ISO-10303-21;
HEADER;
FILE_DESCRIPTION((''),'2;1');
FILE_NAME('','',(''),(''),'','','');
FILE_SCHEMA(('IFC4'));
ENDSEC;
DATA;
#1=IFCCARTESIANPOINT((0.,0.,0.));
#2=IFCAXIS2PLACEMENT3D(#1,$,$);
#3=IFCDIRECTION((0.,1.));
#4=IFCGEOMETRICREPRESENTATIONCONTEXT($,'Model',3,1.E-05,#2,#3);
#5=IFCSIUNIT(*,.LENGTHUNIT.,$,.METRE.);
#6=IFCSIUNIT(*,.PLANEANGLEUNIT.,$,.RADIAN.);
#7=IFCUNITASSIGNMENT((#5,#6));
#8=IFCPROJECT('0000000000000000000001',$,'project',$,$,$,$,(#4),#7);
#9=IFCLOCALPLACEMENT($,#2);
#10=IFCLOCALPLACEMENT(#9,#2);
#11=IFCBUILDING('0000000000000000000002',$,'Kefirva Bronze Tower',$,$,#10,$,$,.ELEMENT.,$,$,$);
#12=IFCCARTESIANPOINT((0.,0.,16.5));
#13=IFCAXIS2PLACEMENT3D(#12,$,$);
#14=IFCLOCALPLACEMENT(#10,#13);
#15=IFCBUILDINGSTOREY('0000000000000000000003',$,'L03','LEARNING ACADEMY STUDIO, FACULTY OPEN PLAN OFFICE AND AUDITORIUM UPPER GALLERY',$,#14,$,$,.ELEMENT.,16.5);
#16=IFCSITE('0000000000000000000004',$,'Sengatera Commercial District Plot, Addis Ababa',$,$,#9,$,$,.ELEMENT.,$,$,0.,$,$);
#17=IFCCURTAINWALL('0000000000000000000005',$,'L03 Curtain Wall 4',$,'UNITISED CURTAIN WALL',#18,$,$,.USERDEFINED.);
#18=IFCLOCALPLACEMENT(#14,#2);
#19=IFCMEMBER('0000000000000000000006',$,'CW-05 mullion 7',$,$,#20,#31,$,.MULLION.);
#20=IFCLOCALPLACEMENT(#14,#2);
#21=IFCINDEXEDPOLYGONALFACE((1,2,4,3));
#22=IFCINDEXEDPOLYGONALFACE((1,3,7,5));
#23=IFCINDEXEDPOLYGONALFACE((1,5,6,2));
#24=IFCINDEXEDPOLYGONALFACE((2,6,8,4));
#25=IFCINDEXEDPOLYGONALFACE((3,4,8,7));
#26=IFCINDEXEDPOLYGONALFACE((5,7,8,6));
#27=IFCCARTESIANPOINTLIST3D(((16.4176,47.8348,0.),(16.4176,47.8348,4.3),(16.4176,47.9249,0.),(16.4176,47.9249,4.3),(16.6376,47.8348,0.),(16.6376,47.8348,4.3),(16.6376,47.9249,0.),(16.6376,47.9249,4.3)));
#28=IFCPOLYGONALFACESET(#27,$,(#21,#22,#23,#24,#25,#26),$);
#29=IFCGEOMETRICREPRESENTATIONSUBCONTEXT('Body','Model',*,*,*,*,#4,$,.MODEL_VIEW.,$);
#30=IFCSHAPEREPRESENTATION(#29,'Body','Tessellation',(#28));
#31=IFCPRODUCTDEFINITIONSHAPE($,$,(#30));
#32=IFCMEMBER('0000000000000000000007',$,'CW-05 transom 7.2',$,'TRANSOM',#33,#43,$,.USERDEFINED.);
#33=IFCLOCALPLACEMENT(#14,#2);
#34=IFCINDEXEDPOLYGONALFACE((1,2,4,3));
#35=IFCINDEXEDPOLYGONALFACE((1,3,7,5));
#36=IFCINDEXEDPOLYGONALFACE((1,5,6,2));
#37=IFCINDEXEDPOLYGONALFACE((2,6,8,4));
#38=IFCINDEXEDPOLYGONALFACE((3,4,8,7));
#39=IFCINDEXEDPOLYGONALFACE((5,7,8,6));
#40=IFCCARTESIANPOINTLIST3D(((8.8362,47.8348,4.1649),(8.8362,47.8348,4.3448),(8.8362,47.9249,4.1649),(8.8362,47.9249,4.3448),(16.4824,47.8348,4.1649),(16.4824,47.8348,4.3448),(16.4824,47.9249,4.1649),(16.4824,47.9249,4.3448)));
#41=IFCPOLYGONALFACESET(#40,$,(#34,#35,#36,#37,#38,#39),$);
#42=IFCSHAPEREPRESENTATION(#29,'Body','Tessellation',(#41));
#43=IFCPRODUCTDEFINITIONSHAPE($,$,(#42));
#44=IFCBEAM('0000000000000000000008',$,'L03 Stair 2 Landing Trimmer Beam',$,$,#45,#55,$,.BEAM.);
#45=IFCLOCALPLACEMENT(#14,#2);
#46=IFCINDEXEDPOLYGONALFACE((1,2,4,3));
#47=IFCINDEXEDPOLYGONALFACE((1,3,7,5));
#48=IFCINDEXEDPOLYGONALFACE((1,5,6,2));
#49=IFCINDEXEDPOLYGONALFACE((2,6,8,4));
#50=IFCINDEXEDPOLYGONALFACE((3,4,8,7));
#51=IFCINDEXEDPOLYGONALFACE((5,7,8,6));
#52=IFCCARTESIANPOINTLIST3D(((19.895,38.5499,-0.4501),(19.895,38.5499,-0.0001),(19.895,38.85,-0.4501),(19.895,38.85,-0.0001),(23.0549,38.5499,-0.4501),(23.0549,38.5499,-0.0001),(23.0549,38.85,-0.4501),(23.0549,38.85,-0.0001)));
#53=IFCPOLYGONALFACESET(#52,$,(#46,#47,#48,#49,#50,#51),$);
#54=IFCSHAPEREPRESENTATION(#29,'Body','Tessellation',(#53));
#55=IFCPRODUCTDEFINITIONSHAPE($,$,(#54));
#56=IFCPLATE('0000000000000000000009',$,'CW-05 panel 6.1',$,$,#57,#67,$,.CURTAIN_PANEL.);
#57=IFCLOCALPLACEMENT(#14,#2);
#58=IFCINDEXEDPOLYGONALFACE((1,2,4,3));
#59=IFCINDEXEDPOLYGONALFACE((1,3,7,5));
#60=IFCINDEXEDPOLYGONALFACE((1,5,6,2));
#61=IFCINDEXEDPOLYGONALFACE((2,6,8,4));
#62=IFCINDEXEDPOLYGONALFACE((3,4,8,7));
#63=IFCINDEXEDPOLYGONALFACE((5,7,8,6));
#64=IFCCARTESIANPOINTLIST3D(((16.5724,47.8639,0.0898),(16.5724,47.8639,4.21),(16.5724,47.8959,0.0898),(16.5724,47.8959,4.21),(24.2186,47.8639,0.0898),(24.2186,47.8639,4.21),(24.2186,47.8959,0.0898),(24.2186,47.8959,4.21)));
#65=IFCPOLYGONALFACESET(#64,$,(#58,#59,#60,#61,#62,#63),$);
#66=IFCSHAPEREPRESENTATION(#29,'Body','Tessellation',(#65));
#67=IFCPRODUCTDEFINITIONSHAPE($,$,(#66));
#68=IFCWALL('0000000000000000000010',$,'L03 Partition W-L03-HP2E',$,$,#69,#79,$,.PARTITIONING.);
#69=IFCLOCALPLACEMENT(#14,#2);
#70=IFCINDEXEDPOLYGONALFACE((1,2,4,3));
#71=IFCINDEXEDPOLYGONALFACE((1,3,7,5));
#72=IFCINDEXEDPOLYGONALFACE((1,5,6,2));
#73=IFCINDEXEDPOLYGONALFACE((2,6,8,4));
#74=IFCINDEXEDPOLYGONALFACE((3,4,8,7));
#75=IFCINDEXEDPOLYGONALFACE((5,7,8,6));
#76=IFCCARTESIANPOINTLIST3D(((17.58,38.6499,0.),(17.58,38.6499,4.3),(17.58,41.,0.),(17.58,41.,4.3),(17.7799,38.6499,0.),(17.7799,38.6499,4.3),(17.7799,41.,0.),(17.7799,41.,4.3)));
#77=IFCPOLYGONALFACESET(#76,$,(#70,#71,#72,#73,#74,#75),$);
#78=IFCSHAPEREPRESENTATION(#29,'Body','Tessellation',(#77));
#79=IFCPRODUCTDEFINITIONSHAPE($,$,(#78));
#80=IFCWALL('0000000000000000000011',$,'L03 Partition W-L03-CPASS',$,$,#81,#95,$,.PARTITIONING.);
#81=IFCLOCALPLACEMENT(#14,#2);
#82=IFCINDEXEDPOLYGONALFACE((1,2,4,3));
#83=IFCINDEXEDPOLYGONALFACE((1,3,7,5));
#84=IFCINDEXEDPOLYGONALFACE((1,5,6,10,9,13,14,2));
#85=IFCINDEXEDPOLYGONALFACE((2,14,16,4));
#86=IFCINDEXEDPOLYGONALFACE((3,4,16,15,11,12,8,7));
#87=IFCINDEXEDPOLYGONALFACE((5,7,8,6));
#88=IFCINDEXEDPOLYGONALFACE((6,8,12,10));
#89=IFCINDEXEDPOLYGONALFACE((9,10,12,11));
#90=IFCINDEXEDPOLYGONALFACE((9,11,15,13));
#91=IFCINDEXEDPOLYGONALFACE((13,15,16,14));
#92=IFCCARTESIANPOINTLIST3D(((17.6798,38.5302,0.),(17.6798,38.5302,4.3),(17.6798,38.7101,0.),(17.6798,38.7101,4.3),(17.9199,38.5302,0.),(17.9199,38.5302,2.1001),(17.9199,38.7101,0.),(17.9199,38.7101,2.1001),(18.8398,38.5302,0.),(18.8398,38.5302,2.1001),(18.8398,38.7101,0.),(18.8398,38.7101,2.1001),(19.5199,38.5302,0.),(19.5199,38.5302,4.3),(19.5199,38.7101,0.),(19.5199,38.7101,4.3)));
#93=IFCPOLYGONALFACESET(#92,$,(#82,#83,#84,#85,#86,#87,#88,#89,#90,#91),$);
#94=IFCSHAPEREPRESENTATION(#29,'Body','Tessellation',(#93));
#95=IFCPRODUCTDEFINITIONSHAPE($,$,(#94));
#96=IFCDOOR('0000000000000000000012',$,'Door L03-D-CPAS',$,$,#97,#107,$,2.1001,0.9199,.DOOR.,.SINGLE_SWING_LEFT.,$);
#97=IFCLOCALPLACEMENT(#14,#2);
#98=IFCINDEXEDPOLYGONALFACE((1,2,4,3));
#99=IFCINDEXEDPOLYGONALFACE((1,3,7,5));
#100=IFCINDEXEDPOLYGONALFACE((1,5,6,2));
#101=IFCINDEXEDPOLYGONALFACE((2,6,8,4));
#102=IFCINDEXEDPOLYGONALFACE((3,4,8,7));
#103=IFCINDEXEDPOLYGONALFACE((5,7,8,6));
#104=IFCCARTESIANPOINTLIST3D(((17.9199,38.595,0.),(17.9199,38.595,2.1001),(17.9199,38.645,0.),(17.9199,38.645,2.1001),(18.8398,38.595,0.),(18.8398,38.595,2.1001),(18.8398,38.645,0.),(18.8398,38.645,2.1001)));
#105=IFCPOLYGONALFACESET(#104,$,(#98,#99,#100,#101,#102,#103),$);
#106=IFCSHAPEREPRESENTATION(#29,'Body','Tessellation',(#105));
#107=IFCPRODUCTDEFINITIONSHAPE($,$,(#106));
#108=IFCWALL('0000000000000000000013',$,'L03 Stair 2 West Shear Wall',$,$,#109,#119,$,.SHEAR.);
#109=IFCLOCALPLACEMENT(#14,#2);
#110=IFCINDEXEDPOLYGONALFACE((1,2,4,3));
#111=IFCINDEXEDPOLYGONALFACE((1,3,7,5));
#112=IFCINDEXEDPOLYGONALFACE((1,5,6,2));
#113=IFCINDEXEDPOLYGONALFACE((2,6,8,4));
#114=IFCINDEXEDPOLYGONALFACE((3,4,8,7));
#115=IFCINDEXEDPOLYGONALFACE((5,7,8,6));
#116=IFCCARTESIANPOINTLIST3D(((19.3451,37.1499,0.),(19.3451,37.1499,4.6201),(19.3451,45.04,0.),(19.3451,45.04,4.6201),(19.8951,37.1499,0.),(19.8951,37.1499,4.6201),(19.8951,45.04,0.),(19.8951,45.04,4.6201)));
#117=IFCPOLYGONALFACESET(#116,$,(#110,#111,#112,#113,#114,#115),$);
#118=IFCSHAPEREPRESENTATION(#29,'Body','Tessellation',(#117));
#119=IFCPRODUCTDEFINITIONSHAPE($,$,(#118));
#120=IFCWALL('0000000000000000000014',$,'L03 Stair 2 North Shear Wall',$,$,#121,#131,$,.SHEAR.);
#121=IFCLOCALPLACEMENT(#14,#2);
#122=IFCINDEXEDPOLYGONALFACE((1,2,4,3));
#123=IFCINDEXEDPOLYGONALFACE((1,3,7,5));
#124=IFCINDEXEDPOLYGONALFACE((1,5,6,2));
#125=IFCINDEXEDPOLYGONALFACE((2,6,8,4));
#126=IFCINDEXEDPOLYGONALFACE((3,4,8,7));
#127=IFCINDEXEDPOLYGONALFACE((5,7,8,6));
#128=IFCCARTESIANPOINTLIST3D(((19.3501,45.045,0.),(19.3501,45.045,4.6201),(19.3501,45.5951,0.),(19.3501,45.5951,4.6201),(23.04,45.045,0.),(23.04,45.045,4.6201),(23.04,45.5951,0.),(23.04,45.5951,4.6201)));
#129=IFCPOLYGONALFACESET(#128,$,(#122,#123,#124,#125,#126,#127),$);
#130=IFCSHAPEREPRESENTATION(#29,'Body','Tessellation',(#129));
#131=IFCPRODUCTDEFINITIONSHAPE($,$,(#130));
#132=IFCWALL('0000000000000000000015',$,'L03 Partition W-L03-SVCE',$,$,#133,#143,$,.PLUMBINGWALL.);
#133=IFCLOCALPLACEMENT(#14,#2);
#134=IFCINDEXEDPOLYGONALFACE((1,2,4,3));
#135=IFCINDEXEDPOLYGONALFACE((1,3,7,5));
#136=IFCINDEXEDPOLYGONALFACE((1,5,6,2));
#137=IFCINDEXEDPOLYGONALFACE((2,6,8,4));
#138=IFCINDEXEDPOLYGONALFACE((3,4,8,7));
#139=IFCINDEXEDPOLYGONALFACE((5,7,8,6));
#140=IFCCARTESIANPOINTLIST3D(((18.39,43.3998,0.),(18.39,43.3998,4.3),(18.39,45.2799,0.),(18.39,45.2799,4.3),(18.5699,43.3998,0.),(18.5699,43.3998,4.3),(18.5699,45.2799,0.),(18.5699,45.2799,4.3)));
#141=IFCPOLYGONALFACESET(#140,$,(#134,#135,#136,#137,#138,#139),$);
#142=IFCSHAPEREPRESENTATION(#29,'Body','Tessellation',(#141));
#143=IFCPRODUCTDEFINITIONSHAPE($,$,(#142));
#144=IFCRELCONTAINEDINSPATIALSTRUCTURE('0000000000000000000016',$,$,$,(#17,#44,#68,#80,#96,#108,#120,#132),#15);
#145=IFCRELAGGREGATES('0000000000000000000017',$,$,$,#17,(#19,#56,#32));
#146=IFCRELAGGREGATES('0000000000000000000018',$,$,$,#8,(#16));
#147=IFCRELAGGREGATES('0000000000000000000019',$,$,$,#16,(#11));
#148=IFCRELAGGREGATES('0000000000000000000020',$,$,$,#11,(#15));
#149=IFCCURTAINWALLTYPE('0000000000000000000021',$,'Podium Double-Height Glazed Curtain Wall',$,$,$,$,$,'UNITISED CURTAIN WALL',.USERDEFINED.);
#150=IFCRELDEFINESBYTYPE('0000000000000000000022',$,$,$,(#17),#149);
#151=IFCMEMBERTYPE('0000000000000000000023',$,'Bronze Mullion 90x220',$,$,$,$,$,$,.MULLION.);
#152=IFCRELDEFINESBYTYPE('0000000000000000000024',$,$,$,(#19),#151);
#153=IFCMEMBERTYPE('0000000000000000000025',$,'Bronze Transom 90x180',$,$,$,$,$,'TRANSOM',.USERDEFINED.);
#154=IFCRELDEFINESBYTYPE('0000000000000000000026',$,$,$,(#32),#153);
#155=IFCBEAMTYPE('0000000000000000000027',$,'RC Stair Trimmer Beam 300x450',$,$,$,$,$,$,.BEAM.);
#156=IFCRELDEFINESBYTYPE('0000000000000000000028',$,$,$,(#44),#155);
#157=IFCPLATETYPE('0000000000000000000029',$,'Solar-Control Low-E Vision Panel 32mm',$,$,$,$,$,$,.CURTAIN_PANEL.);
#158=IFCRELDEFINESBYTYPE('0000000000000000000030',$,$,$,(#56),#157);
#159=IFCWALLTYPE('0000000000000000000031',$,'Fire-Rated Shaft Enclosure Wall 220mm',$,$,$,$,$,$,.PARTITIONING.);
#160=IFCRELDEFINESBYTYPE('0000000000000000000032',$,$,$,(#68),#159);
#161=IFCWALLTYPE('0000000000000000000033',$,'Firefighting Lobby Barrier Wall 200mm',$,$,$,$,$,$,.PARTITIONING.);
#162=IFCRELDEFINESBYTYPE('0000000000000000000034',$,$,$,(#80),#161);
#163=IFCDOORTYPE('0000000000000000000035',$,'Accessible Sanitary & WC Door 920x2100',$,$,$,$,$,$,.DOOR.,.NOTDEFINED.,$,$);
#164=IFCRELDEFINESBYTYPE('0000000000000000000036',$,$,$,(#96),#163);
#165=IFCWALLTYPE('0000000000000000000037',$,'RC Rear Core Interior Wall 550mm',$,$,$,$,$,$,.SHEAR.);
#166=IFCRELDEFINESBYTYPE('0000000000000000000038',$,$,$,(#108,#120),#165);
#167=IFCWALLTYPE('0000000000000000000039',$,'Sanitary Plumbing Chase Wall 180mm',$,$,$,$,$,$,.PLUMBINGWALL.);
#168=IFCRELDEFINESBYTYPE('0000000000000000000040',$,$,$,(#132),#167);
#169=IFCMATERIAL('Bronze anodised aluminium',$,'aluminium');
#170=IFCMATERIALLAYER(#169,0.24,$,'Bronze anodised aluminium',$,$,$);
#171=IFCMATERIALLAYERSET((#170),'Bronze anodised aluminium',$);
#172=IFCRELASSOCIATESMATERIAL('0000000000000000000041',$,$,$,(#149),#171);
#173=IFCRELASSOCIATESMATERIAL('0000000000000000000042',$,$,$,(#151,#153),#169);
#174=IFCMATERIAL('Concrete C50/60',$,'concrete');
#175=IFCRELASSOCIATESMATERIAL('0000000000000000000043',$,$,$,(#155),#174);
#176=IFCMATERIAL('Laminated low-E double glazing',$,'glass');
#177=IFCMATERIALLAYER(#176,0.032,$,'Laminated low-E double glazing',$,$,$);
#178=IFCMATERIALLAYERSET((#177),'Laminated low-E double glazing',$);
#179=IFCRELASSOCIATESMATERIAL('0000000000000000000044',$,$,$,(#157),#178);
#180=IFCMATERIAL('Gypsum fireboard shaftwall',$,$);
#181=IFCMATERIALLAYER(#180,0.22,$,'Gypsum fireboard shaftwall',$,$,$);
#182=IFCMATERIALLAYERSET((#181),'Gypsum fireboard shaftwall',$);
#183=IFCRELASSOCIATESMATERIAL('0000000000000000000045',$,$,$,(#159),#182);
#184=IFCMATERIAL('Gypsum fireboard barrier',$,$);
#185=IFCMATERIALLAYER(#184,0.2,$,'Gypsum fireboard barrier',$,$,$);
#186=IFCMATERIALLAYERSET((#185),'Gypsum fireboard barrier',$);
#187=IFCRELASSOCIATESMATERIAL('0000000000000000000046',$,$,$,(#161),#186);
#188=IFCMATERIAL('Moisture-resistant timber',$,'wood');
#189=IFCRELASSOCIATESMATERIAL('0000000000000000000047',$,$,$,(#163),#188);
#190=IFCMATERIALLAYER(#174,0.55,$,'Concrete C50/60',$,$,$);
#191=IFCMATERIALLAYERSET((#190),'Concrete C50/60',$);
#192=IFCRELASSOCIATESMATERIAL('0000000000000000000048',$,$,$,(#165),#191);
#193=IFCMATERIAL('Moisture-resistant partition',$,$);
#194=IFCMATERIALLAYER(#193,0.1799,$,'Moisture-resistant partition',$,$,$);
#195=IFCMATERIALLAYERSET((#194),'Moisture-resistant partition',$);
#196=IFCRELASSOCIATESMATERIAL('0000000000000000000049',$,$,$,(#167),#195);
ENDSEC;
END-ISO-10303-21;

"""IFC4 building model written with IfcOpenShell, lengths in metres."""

from ifc_helpers import new_model, si_unit, direction, frame, frame_2d, origin, origin_2d, place, context, subcontext, project, spatial, rectangle, extrude, material, layer, layer_set, material_profile, profile_set, type_object, element, fill, aggregate, save


model = new_model("IFC4")

# Units and contexts
model_context = context("Model", 3, precision=1e-05, world=origin(), true_north=direction((0.0, 1.0)))
body_context = subcontext(model_context, "Body", "Model", "MODEL_VIEW")
ifc_project = project(units=[si_unit("LENGTHUNIT", "METRE"), si_unit("PLANEANGLEUNIT", "RADIAN")], contexts=[model_context])

# Site, building, storey
site_placement = place(None, origin())
site = spatial("IfcSite", under=ifc_project, at=site_placement, Name="Sengatera Commercial District Plot, Addis Ababa", CompositionType="ELEMENT", RefElevation=0.0)
building_placement = place(site_placement, origin())
building = spatial("IfcBuilding", under=site, at=building_placement, Name="Kefirva Bronze Tower", CompositionType="ELEMENT")
storey_placement = place(building_placement, frame((0.0, 0.0, 16.5)))
storey = spatial("IfcBuildingStorey", under=building, at=storey_placement, Name="L03", Description="LEARNING ACADEMY STUDIO, FACULTY OPEN PLAN OFFICE AND AUDITORIUM UPPER GALLERY", CompositionType="ELEMENT", Elevation=16.5)

# Curtain wall, members
ifc_material_1 = material(Name="Bronze anodised aluminium", Category="aluminium")
ifc_layer_1 = layer(ifc_material_1, 0.24, Name="Bronze anodised aluminium")
ifc_layer_set_1 = layer_set([ifc_layer_1], Name="Bronze anodised aluminium")
curtain_wall_type = type_object("IfcCurtainWallType", Name="Podium Double-Height Glazed Curtain Wall", ElementType="UNITISED CURTAIN WALL", PredefinedType="USERDEFINED", material=ifc_layer_set_1)
curtain_wall_placement = place(storey_placement, origin())
curtain_wall = element("IfcCurtainWall", 1, at=curtain_wall_placement, inside=storey, type_object=curtain_wall_type, Name="L03 Curtain Wall 4", ObjectType="UNITISED CURTAIN WALL", PredefinedType="USERDEFINED")
ifc_material_profile_1 = material_profile(ifc_material_1, rectangle(XDim=0.0901, YDim=0.22, at=origin_2d()), Name="ALU 90x220")
ifc_profile_set_1 = profile_set([ifc_material_profile_1], Name="Bronze anodised aluminium")
member_type_1 = type_object("IfcMemberType", Name="Bronze Mullion 90x220", PredefinedType="MULLION", material=ifc_profile_set_1)
member_1_placement = place(storey_placement, frame((16.5276, 47.8799, 0.0), z_axis=(0.0, 0.0, 1.0), x_axis=(0.0, -1.0, 0.0)))
member_1 = element("IfcMember", 2, at=member_1_placement, type_object=member_type_1, Name="CW-05 mullion 7", PredefinedType="MULLION", context=body_context, shape_type="SweptSolid", body=[
    extrude(rectangle(XDim=0.0901, YDim=0.22, at=origin_2d()), origin(), (0.0, 0.0, 1.0), 4.3),
])
ifc_material_profile_2 = material_profile(ifc_material_1, rectangle(XDim=0.0901, YDim=0.1799, at=origin_2d()), Name="ALU 90x180")
ifc_profile_set_2 = profile_set([ifc_material_profile_2], Name="Bronze anodised aluminium")
member_type_2 = type_object("IfcMemberType", Name="Bronze Transom 90x180", ElementType="TRANSOM", PredefinedType="USERDEFINED", material=ifc_profile_set_2)
member_2_placement = place(storey_placement, frame((16.4824, 47.8799, 4.2549), z_axis=(-1.0, 0.0, 0.0), x_axis=(0.0, -1.0, 0.0)))
member_2 = element("IfcMember", 3, at=member_2_placement, type_object=member_type_2, Name="CW-05 transom 7.2", ObjectType="TRANSOM", PredefinedType="USERDEFINED", context=body_context, shape_type="SweptSolid", body=[
    extrude(rectangle(XDim=0.0901, YDim=0.1799, at=origin_2d()), origin(), (0.0, 0.0, 1.0), 7.6462),
])

# Beam
ifc_material_2 = material(Name="Concrete C50/60", Category="concrete")
ifc_material_profile_3 = material_profile(ifc_material_2, rectangle(XDim=0.3, YDim=0.45, at=origin_2d()), Name="RC 300x450")
ifc_profile_set_3 = profile_set([ifc_material_profile_3], Name="Concrete C50/60")
beam_type = type_object("IfcBeamType", Name="RC Stair Trimmer Beam 300x450", PredefinedType="BEAM", material=ifc_profile_set_3)
beam_placement = place(storey_placement, frame((19.895, 38.7, -0.2251), z_axis=(1.0, 0.0, 0.0), x_axis=(0.0, 1.0, 0.0)))
element("IfcBeam", 4, at=beam_placement, inside=storey, type_object=beam_type, Name="L03 Stair 2 Landing Trimmer Beam", PredefinedType="BEAM", context=body_context, shape_type="SweptSolid", body=[
    extrude(rectangle(XDim=0.3, YDim=0.45, at=origin_2d()), origin(), (0.0, 0.0, 1.0), 3.1599),
])

# Plate
ifc_material_3 = material(Name="Laminated low-E double glazing", Category="glass")
ifc_layer_2 = layer(ifc_material_3, 0.032, Name="Laminated low-E double glazing")
ifc_layer_set_2 = layer_set([ifc_layer_2], Name="Laminated low-E double glazing")
plate_type = type_object("IfcPlateType", Name="Solar-Control Low-E Vision Panel 32mm", PredefinedType="CURTAIN_PANEL", material=ifc_layer_set_2)
plate_placement = place(storey_placement, frame((20.3955, 47.8799, 0.0898), z_axis=(0.0, 0.0, 1.0), x_axis=(-1.0, 0.0, 0.0)))
plate = element("IfcPlate", 5, at=plate_placement, type_object=plate_type, Name="CW-05 panel 6.1", PredefinedType="CURTAIN_PANEL", context=body_context, shape_type="SweptSolid", body=[
    extrude(rectangle(XDim=7.6462, YDim=0.032, at=origin_2d()), origin(), (0.0, 0.0, 1.0), 4.1201),
])
aggregate(curtain_wall, [member_1, plate, member_2])

# Shared definitions
ifc_material_4 = material(Name="Gypsum fireboard shaftwall")
ifc_layer_3 = layer(ifc_material_4, 0.22, Name="Gypsum fireboard shaftwall")
ifc_layer_set_3 = layer_set([ifc_layer_3], Name="Gypsum fireboard shaftwall")
wall_type_1 = type_object("IfcWallType", Name="Fire-Rated Shaft Enclosure Wall 220mm", PredefinedType="PARTITIONING", material=ifc_layer_set_3)

# Wall
wall_1_placement = place(storey_placement, frame((17.6799, 38.6499, 0.0), z_axis=(0.0, 0.0, 1.0), x_axis=(0.0, 1.0, 0.0)))
element("IfcWall", 6, at=wall_1_placement, inside=storey, type_object=wall_type_1, Name="L03 Partition W-L03-HP2E", PredefinedType="PARTITIONING", context=body_context, shape_type="SweptSolid", body=[
    extrude(rectangle(XDim=2.3501, YDim=0.2, at=frame_2d((1.175, 0.0))), origin(), (0.0, 0.0, 1.0), 4.3),
])

# Wall, opening, door
ifc_material_5 = material(Name="Gypsum fireboard barrier")
ifc_layer_4 = layer(ifc_material_5, 0.2, Name="Gypsum fireboard barrier")
ifc_layer_set_4 = layer_set([ifc_layer_4], Name="Gypsum fireboard barrier")
wall_type_2 = type_object("IfcWallType", Name="Firefighting Lobby Barrier Wall 200mm", PredefinedType="PARTITIONING", material=ifc_layer_set_4)
wall_2_placement = place(storey_placement, frame((17.6799, 38.6201, 0.0), z_axis=(0.0, 0.0, 1.0), x_axis=(1.0, 0.0, 0.0)))
wall_2 = element("IfcWall", 7, at=wall_2_placement, inside=storey, type_object=wall_type_2, Name="L03 Partition W-L03-CPASS", PredefinedType="PARTITIONING", context=body_context, shape_type="SweptSolid", body=[
    extrude(rectangle(XDim=1.8401, YDim=0.1799, at=frame_2d((0.9199, 0.0))), origin(), (0.0, 0.0, 1.0), 4.3),
])
opening_1_placement = place(wall_2_placement, frame((0.24, 0.0, 0.0)))
opening_1 = element("IfcOpeningElement", 8, at=opening_1_placement, cuts=wall_2, PredefinedType="OPENING", context=body_context, shape_type="SweptSolid", body=[
    extrude(rectangle(XDim=0.9199, YDim=2.1001, at=frame_2d((0.46, 1.05))), frame((0.0, 0.1001, 0.0), z_axis=(0.0, -1.0, 0.0), x_axis=(1.0, 0.0, 0.0)), (0.0, 0.0, 1.0), 0.2),
])
ifc_material_6 = material(Name="Moisture-resistant timber", Category="wood")
door_type_1 = type_object("IfcDoorType", Name="Accessible Sanitary & WC Door 920x2100", OperationType="NOTDEFINED", PredefinedType="DOOR", material=ifc_material_6)
door_1_placement = place(opening_1_placement, origin())
door_1 = element("IfcDoor", 9, at=door_1_placement, inside=storey, type_object=door_type_1, Name="Door L03-D-CPAS", OperationType="SINGLE_SWING_LEFT", OverallHeight=2.1001, OverallWidth=0.9199, PredefinedType="DOOR", context=body_context, shape_type="SweptSolid", body=[
    extrude(rectangle(XDim=0.9199, YDim=2.1001, at=frame_2d((0.46, 1.05))), frame((0.0, 0.0249, 0.0), z_axis=(0.0, -1.0, 0.0), x_axis=(1.0, 0.0, 0.0)), (0.0, 0.0, 1.0), 0.05),
])
fill(opening_1, door_1)

# Walls
ifc_layer_5 = layer(ifc_material_2, 0.55, Name="Concrete C50/60")
ifc_layer_set_5 = layer_set([ifc_layer_5], Name="Concrete C50/60")
wall_type_3 = type_object("IfcWallType", Name="RC Rear Core Interior Wall 550mm", PredefinedType="SHEAR", material=ifc_layer_set_5)
wall_3_placement = place(storey_placement, frame((19.6201, 37.1499, 0.0), z_axis=(0.0, 0.0, 1.0), x_axis=(0.0, 1.0, 0.0)))
element("IfcWall", 10, at=wall_3_placement, inside=storey, type_object=wall_type_3, Name="L03 Stair 2 West Shear Wall", PredefinedType="SHEAR", context=body_context, shape_type="SweptSolid", body=[
    extrude(rectangle(XDim=7.8901, YDim=0.55, at=frame_2d((3.9451, 0.0))), origin(), (0.0, 0.0, 1.0), 4.6201),
])
wall_4_placement = place(storey_placement, frame((19.3501, 45.3201, 0.0), z_axis=(0.0, 0.0, 1.0), x_axis=(1.0, 0.0, 0.0)))
element("IfcWall", 11, at=wall_4_placement, inside=storey, type_object=wall_type_3, Name="L03 Stair 2 North Shear Wall", PredefinedType="SHEAR", context=body_context, shape_type="SweptSolid", body=[
    extrude(rectangle(XDim=3.6899, YDim=0.55, at=frame_2d((1.845, 0.0))), origin(), (0.0, 0.0, 1.0), 4.6201),
])
ifc_material_7 = material(Name="Moisture-resistant partition")
ifc_layer_6 = layer(ifc_material_7, 0.1799, Name="Moisture-resistant partition")
ifc_layer_set_6 = layer_set([ifc_layer_6], Name="Moisture-resistant partition")
wall_type_4 = type_object("IfcWallType", Name="Sanitary Plumbing Chase Wall 180mm", PredefinedType="PLUMBINGWALL", material=ifc_layer_set_6)
wall_5_placement = place(storey_placement, frame((18.48, 43.3999, 0.0), z_axis=(0.0, 0.0, 1.0), x_axis=(0.0, 1.0, 0.0)))
element("IfcWall", 12, at=wall_5_placement, inside=storey, type_object=wall_type_4, Name="L03 Partition W-L03-SVCE", PredefinedType="PLUMBINGWALL", context=body_context, shape_type="SweptSolid", body=[
    extrude(rectangle(XDim=1.8801, YDim=0.1799, at=frame_2d((0.9399, 0.0))), origin(), (0.0, 0.0, 1.0), 4.3),
])

save(model, "model.ifc")
